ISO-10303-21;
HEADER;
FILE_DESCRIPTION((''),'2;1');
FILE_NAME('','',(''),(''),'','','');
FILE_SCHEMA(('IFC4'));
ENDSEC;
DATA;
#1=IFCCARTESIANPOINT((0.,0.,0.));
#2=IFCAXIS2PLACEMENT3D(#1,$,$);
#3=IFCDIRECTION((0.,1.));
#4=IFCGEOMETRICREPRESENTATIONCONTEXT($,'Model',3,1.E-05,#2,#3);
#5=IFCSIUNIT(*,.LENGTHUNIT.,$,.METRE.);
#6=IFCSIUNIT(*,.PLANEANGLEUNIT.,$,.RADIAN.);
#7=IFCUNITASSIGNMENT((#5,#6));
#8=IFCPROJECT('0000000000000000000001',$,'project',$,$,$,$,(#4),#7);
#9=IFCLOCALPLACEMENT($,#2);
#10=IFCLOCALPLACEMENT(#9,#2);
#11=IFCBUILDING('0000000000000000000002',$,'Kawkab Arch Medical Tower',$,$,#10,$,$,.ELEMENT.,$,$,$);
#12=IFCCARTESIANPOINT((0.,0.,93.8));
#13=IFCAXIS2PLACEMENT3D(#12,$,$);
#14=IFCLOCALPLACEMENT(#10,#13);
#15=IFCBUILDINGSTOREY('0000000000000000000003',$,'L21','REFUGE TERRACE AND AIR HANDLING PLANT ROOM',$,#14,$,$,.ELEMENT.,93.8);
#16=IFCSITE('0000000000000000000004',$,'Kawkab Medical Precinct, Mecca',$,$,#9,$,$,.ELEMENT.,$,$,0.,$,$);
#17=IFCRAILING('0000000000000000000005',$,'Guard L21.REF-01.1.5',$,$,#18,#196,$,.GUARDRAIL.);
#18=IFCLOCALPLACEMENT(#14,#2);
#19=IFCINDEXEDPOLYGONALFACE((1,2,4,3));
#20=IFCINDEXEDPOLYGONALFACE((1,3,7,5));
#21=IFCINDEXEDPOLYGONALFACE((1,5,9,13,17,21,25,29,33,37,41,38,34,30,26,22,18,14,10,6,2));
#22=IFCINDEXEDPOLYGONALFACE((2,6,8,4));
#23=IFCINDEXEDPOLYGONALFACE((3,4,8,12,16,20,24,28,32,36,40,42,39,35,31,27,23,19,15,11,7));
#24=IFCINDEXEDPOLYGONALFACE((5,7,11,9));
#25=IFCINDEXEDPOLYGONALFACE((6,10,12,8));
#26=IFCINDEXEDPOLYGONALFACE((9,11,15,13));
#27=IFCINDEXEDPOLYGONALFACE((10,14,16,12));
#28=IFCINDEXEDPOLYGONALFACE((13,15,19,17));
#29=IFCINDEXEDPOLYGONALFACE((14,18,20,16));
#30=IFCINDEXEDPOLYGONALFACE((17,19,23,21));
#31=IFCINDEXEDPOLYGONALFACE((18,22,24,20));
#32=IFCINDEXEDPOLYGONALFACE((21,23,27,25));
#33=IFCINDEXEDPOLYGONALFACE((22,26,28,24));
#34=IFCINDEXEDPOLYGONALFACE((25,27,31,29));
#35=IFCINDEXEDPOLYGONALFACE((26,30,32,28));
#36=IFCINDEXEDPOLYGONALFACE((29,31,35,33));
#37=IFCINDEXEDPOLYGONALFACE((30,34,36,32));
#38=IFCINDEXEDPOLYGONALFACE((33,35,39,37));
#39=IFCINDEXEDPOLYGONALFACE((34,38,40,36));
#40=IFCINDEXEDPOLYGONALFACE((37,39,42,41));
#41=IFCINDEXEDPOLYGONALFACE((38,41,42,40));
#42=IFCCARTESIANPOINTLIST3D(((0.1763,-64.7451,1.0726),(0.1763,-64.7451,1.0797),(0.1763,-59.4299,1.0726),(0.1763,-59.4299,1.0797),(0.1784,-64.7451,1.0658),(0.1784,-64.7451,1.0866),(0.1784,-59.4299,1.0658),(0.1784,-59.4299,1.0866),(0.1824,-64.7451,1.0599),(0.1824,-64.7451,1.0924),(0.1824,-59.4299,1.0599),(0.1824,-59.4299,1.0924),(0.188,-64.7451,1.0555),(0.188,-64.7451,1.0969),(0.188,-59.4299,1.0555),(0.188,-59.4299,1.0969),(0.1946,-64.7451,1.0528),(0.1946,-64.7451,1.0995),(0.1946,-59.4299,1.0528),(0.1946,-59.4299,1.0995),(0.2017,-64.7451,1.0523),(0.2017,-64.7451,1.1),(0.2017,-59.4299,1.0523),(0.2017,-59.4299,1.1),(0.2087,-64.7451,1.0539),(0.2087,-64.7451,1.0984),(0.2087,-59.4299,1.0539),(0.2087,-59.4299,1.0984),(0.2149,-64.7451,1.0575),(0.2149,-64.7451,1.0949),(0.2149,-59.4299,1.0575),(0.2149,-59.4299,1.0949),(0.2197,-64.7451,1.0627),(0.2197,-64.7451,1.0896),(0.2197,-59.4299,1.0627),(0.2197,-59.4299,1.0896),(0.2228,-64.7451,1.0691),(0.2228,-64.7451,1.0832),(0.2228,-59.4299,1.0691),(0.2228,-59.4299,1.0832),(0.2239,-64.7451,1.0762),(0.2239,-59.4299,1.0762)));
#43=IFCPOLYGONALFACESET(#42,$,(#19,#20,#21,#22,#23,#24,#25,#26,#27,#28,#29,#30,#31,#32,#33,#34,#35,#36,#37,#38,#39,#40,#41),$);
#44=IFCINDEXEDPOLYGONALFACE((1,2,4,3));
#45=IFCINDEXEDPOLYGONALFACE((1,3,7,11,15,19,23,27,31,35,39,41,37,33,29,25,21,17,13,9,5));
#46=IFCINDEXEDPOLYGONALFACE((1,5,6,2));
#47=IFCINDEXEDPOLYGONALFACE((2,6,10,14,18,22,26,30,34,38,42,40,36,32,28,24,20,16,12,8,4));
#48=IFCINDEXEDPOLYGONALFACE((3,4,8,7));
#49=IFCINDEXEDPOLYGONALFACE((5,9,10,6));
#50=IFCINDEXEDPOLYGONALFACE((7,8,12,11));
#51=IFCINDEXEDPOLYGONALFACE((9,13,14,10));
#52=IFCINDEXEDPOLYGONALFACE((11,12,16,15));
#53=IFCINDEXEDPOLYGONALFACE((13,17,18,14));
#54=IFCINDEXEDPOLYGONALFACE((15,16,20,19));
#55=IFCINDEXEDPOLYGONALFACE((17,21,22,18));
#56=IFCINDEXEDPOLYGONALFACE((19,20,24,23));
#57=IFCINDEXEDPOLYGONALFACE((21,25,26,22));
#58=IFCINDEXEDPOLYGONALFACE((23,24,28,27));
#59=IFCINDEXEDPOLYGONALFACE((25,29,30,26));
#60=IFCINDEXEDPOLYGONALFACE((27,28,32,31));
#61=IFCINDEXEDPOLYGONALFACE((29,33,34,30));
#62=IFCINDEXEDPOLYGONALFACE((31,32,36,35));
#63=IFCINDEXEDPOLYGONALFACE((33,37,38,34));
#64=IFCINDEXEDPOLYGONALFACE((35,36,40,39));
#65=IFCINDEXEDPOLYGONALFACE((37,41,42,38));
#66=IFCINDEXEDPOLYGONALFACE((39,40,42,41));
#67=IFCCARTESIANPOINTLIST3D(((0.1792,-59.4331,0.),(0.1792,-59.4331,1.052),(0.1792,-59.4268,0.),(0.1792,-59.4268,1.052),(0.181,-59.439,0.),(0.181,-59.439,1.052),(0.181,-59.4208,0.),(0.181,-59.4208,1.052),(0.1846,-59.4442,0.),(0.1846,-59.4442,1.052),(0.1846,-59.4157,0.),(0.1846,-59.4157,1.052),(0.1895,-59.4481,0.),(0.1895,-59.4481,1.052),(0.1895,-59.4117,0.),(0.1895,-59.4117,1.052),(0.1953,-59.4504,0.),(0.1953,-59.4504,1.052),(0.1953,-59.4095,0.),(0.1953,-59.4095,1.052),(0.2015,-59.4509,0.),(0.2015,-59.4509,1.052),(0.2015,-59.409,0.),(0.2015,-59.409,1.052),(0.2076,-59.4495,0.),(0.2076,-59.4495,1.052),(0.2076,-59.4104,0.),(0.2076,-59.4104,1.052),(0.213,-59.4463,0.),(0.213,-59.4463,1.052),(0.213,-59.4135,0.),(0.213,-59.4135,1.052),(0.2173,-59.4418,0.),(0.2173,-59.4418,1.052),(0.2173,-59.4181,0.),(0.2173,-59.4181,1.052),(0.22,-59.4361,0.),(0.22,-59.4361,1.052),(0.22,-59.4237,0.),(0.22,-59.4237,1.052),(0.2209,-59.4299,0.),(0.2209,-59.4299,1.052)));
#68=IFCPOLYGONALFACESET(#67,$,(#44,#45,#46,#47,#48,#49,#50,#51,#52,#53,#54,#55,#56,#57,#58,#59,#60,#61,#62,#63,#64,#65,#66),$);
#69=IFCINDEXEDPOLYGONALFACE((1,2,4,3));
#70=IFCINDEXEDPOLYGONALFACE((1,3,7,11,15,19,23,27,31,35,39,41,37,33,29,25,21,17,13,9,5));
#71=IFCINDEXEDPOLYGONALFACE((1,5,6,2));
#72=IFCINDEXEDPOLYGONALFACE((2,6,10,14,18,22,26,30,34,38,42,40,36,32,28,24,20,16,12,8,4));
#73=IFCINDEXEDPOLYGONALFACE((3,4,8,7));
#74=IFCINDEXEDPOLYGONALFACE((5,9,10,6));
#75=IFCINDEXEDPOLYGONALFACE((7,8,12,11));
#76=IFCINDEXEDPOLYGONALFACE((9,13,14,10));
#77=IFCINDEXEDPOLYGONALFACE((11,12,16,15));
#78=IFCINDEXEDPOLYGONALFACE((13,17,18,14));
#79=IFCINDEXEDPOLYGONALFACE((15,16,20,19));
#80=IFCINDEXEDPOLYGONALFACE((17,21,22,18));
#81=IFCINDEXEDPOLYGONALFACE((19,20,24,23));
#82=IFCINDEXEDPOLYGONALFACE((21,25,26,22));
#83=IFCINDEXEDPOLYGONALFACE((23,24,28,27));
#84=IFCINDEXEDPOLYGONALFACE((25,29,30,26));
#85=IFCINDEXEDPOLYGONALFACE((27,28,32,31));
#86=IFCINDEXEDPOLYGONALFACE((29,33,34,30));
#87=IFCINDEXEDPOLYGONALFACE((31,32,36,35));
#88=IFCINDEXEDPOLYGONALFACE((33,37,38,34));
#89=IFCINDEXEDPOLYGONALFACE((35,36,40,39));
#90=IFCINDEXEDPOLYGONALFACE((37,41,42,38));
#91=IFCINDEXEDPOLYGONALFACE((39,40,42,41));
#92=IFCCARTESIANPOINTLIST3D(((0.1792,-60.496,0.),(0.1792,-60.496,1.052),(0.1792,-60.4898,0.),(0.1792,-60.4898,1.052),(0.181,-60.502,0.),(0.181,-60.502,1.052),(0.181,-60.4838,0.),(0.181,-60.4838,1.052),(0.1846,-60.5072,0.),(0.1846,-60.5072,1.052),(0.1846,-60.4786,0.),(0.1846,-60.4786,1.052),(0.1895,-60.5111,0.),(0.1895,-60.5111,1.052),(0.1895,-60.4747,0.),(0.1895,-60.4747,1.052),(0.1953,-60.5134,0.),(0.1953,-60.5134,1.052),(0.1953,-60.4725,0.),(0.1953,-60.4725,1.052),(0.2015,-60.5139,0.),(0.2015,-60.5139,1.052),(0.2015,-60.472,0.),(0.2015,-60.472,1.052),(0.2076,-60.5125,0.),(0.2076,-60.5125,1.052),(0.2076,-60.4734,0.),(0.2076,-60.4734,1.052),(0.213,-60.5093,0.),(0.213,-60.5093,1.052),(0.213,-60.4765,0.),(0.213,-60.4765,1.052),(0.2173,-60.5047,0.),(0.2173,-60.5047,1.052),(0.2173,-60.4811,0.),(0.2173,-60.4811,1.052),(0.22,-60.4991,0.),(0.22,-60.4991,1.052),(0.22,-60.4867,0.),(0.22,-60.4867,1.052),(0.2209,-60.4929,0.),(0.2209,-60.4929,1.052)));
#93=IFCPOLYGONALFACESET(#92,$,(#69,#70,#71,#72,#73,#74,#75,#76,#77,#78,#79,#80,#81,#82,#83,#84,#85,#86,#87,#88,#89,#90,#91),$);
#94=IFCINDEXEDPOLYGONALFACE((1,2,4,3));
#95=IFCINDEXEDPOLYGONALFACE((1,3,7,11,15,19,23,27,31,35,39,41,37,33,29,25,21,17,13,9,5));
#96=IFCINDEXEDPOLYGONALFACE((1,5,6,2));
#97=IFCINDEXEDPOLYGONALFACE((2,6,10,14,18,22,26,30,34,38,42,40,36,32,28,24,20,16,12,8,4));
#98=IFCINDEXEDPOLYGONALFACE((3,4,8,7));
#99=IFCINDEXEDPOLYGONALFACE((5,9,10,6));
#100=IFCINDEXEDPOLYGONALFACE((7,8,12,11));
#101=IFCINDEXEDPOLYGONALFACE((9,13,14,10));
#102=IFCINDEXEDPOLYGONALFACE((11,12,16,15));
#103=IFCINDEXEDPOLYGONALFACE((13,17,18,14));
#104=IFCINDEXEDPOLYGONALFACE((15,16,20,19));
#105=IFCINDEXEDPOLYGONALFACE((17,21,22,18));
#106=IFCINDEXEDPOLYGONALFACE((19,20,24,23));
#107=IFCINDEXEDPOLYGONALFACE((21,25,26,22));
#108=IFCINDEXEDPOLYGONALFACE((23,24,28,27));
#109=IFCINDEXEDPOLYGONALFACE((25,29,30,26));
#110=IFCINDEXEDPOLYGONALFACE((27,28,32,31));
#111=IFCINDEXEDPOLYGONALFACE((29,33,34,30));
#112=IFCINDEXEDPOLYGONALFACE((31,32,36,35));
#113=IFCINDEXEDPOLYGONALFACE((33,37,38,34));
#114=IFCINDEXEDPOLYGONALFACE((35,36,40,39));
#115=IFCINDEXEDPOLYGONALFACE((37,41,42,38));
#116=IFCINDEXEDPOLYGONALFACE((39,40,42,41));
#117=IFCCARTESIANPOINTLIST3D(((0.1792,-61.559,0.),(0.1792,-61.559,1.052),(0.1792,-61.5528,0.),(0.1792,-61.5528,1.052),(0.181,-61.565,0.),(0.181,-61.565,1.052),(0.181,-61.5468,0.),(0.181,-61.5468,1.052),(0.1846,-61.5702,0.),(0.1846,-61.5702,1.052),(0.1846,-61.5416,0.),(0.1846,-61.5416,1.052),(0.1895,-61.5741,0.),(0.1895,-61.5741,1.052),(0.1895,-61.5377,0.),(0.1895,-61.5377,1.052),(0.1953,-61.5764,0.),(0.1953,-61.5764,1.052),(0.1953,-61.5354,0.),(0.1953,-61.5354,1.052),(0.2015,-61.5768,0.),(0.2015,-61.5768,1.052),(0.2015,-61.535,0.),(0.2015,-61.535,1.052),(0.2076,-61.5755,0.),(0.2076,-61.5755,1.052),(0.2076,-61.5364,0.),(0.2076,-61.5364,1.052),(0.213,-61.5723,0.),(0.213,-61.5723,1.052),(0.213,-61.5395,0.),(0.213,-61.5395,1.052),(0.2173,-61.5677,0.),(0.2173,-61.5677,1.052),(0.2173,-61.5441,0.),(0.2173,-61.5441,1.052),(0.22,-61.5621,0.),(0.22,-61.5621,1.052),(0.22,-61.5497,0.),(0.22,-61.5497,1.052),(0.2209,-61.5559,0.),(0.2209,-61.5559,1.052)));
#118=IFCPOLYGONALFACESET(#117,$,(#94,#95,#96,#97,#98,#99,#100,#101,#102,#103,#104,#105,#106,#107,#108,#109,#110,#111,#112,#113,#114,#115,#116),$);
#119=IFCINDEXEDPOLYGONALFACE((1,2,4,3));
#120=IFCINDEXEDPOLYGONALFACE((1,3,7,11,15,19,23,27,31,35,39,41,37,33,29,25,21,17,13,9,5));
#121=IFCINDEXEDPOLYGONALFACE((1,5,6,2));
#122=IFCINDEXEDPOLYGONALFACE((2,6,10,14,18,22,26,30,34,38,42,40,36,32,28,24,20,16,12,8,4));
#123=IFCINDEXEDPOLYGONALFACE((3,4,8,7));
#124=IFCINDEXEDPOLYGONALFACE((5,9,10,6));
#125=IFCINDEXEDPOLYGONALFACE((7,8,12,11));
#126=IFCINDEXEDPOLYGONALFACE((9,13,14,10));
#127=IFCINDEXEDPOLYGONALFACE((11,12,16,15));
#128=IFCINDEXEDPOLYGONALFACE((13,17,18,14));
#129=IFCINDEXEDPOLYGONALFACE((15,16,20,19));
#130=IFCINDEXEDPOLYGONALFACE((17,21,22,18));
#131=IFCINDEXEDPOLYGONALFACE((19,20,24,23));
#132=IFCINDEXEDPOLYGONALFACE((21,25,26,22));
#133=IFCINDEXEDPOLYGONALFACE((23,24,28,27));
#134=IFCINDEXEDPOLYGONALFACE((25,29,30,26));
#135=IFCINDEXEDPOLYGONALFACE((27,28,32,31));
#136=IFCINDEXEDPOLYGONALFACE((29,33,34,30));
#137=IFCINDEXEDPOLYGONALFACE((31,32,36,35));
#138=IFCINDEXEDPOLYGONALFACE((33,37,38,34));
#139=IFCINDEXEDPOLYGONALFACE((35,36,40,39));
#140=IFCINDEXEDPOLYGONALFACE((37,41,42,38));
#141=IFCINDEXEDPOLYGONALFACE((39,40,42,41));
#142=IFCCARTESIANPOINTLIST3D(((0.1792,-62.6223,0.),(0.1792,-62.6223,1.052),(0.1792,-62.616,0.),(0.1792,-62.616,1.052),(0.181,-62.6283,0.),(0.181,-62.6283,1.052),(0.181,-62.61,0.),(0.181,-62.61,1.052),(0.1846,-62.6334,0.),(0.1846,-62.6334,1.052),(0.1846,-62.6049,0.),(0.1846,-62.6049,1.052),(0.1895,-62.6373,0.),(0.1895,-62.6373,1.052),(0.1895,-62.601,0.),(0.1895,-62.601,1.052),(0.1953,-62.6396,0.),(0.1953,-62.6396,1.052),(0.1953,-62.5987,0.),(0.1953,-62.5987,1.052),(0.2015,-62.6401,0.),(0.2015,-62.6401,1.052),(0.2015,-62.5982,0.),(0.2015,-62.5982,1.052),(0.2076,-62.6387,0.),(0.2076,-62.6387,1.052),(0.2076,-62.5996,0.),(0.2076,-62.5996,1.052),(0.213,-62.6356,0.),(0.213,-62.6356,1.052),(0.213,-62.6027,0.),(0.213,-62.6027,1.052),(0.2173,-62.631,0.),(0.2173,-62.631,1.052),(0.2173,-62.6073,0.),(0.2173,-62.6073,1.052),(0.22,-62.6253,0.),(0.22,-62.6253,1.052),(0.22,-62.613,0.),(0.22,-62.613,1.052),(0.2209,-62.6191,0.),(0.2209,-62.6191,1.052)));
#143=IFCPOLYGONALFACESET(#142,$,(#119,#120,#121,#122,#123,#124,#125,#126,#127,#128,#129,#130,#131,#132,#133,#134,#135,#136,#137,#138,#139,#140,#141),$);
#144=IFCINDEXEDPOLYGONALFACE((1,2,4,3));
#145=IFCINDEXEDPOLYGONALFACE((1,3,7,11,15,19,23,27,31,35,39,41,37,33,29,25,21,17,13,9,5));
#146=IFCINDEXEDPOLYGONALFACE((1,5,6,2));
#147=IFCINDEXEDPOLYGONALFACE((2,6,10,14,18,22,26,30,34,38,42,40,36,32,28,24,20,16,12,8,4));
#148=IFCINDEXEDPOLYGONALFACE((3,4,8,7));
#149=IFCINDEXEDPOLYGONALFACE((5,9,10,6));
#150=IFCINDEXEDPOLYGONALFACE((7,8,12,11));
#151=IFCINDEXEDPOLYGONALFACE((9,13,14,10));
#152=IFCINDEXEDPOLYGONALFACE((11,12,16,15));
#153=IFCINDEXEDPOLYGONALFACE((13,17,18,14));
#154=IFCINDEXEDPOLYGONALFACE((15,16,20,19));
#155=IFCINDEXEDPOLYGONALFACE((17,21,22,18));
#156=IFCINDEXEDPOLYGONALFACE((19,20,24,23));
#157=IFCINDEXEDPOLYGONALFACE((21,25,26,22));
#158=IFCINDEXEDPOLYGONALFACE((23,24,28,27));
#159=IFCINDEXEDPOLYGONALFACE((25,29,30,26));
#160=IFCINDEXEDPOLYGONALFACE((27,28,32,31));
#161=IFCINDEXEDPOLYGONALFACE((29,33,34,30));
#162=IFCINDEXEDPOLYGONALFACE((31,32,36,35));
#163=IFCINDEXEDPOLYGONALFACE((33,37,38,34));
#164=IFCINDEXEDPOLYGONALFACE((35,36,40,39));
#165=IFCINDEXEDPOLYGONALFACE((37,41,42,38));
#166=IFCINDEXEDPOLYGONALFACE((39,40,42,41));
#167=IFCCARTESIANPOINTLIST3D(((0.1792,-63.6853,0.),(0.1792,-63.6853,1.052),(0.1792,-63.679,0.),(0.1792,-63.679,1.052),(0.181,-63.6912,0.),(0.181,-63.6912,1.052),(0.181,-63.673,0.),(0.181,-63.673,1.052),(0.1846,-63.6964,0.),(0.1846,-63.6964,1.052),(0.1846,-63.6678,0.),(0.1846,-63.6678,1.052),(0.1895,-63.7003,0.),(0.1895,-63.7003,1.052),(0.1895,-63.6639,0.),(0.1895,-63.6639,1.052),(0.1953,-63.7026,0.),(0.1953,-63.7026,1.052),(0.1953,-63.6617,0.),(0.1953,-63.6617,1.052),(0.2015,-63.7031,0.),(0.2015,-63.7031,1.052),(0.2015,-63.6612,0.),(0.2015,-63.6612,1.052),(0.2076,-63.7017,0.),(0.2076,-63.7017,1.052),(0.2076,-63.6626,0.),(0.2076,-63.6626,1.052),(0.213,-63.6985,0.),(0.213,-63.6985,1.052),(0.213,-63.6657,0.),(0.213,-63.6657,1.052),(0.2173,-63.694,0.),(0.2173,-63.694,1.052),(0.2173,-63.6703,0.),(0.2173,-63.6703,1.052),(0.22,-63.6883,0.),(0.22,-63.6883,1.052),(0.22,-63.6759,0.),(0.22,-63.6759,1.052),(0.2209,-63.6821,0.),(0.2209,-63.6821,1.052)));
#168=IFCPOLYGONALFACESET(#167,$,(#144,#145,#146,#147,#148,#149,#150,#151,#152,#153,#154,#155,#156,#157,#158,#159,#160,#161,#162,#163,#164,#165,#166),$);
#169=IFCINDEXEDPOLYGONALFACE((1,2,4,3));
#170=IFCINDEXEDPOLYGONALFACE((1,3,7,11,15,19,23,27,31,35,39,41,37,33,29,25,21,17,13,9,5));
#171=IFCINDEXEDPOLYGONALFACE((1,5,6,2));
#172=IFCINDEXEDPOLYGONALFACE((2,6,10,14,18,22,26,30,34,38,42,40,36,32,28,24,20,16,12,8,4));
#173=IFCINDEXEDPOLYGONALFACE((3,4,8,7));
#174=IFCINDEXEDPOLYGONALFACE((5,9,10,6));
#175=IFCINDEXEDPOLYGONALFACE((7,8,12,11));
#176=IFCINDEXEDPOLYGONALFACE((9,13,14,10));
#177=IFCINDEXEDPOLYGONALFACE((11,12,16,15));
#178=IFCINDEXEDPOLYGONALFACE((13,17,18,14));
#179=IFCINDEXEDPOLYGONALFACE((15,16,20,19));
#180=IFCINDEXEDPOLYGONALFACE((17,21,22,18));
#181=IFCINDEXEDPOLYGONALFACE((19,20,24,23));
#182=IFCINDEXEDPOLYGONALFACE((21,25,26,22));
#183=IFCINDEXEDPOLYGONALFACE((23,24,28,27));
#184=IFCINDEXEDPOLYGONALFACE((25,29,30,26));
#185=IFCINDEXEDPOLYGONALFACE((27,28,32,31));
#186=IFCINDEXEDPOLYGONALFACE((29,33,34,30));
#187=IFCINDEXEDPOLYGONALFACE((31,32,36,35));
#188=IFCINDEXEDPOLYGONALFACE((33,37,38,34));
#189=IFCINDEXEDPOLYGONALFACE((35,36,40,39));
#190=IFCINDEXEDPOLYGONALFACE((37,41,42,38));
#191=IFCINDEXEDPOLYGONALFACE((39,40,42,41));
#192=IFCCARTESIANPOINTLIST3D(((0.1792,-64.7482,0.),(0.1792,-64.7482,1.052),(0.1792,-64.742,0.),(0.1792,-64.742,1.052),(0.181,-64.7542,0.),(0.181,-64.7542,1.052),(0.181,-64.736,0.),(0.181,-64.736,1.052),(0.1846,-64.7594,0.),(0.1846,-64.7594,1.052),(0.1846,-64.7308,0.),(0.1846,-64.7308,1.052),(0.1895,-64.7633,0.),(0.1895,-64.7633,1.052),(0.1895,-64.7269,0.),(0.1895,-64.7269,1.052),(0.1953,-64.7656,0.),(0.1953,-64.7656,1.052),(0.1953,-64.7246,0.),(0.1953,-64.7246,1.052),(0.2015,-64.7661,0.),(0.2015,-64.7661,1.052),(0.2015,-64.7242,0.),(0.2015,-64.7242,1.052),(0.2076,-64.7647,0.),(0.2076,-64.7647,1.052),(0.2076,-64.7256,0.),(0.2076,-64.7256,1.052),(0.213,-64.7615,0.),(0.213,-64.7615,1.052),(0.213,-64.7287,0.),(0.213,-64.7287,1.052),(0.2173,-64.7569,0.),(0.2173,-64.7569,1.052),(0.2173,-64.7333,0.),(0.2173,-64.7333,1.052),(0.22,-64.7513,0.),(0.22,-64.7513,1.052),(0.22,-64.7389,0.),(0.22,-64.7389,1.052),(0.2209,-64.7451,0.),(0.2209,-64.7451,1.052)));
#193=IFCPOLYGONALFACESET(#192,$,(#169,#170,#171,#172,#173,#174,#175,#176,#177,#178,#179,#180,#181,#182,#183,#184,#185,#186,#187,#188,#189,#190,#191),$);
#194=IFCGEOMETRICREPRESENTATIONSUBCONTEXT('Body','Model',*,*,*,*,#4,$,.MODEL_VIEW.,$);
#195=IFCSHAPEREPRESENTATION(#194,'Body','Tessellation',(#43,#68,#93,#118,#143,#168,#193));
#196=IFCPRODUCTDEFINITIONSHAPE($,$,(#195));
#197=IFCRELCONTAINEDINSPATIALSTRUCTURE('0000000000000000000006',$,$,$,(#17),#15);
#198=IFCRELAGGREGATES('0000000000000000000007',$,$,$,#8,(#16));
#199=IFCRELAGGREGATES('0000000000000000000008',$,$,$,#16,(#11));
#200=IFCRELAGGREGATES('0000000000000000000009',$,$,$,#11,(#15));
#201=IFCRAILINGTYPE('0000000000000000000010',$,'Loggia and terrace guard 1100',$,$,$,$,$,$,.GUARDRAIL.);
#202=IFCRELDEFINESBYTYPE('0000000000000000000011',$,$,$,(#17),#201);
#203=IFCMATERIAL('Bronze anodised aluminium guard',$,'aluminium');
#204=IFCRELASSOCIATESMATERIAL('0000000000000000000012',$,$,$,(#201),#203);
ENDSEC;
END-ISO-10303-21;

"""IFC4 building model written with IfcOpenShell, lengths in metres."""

from ifc_helpers import new_model, si_unit, direction, frame, origin, origin_2d, place, context, subcontext, project, spatial, circle, extrude, material, type_object, element, save


model = new_model("IFC4")

# Units and contexts
model_context = context("Model", 3, precision=1e-05, world=origin(), true_north=direction((0.0, 1.0)))
body_context = subcontext(model_context, "Body", "Model", "MODEL_VIEW")
ifc_project = project(units=[si_unit("LENGTHUNIT", "METRE"), si_unit("PLANEANGLEUNIT", "RADIAN")], contexts=[model_context])

# Site, building, storey
site_placement = place(None, origin())
site = spatial("IfcSite", under=ifc_project, at=site_placement, Name="Kawkab Medical Precinct, Mecca", CompositionType="ELEMENT", RefElevation=0.0)
building_placement = place(site_placement, origin())
building = spatial("IfcBuilding", under=site, at=building_placement, Name="Kawkab Arch Medical Tower", CompositionType="ELEMENT")
storey_placement = place(building_placement, frame((0.0, 0.0, 93.8)))
storey = spatial("IfcBuildingStorey", under=building, at=storey_placement, Name="L21", Description="REFUGE TERRACE AND AIR HANDLING PLANT ROOM", CompositionType="ELEMENT", Elevation=93.8)

# Railing
ifc_material_1 = material(Name="Bronze anodised aluminium guard", Category="aluminium")
railing_type = type_object("IfcRailingType", Name="Loggia and terrace guard 1100", PredefinedType="GUARDRAIL", material=ifc_material_1)
railing_1_placement = place(storey_placement, frame((0.2, -59.4299, 0.0)))
element("IfcRailing", 1, at=railing_1_placement, inside=storey, type_object=railing_type, Name="Guard L21.REF-01.1.5", PredefinedType="GUARDRAIL", context=body_context, shape_type="SweptSolid", body=[
    extrude(circle(Radius=0.0239, at=origin_2d()), frame((0.0, 0.0, 1.0762), z_axis=(0.0, -1.0, 0.0), x_axis=(1.0, 0.0, 0.0)), (0.0, 0.0, 1.0), 5.3152),
    extrude(circle(Radius=0.021, at=origin_2d()), origin(), (0.0, 0.0, 1.0), 1.052),
    extrude(circle(Radius=0.021, at=origin_2d()), frame((0.0, -1.063, 0.0)), (0.0, 0.0, 1.0), 1.052),
    extrude(circle(Radius=0.021, at=origin_2d()), frame((0.0, -2.126, 0.0)), (0.0, 0.0, 1.0), 1.052),
    extrude(circle(Radius=0.021, at=origin_2d()), frame((0.0, -3.1892, 0.0)), (0.0, 0.0, 1.0), 1.052),
    extrude(circle(Radius=0.021, at=origin_2d()), frame((0.0, -4.2522, 0.0)), (0.0, 0.0, 1.0), 1.052),
    extrude(circle(Radius=0.021, at=origin_2d()), frame((0.0, -5.3152, 0.0)), (0.0, 0.0, 1.0), 1.052),
])

save(model, "model.ifc")
